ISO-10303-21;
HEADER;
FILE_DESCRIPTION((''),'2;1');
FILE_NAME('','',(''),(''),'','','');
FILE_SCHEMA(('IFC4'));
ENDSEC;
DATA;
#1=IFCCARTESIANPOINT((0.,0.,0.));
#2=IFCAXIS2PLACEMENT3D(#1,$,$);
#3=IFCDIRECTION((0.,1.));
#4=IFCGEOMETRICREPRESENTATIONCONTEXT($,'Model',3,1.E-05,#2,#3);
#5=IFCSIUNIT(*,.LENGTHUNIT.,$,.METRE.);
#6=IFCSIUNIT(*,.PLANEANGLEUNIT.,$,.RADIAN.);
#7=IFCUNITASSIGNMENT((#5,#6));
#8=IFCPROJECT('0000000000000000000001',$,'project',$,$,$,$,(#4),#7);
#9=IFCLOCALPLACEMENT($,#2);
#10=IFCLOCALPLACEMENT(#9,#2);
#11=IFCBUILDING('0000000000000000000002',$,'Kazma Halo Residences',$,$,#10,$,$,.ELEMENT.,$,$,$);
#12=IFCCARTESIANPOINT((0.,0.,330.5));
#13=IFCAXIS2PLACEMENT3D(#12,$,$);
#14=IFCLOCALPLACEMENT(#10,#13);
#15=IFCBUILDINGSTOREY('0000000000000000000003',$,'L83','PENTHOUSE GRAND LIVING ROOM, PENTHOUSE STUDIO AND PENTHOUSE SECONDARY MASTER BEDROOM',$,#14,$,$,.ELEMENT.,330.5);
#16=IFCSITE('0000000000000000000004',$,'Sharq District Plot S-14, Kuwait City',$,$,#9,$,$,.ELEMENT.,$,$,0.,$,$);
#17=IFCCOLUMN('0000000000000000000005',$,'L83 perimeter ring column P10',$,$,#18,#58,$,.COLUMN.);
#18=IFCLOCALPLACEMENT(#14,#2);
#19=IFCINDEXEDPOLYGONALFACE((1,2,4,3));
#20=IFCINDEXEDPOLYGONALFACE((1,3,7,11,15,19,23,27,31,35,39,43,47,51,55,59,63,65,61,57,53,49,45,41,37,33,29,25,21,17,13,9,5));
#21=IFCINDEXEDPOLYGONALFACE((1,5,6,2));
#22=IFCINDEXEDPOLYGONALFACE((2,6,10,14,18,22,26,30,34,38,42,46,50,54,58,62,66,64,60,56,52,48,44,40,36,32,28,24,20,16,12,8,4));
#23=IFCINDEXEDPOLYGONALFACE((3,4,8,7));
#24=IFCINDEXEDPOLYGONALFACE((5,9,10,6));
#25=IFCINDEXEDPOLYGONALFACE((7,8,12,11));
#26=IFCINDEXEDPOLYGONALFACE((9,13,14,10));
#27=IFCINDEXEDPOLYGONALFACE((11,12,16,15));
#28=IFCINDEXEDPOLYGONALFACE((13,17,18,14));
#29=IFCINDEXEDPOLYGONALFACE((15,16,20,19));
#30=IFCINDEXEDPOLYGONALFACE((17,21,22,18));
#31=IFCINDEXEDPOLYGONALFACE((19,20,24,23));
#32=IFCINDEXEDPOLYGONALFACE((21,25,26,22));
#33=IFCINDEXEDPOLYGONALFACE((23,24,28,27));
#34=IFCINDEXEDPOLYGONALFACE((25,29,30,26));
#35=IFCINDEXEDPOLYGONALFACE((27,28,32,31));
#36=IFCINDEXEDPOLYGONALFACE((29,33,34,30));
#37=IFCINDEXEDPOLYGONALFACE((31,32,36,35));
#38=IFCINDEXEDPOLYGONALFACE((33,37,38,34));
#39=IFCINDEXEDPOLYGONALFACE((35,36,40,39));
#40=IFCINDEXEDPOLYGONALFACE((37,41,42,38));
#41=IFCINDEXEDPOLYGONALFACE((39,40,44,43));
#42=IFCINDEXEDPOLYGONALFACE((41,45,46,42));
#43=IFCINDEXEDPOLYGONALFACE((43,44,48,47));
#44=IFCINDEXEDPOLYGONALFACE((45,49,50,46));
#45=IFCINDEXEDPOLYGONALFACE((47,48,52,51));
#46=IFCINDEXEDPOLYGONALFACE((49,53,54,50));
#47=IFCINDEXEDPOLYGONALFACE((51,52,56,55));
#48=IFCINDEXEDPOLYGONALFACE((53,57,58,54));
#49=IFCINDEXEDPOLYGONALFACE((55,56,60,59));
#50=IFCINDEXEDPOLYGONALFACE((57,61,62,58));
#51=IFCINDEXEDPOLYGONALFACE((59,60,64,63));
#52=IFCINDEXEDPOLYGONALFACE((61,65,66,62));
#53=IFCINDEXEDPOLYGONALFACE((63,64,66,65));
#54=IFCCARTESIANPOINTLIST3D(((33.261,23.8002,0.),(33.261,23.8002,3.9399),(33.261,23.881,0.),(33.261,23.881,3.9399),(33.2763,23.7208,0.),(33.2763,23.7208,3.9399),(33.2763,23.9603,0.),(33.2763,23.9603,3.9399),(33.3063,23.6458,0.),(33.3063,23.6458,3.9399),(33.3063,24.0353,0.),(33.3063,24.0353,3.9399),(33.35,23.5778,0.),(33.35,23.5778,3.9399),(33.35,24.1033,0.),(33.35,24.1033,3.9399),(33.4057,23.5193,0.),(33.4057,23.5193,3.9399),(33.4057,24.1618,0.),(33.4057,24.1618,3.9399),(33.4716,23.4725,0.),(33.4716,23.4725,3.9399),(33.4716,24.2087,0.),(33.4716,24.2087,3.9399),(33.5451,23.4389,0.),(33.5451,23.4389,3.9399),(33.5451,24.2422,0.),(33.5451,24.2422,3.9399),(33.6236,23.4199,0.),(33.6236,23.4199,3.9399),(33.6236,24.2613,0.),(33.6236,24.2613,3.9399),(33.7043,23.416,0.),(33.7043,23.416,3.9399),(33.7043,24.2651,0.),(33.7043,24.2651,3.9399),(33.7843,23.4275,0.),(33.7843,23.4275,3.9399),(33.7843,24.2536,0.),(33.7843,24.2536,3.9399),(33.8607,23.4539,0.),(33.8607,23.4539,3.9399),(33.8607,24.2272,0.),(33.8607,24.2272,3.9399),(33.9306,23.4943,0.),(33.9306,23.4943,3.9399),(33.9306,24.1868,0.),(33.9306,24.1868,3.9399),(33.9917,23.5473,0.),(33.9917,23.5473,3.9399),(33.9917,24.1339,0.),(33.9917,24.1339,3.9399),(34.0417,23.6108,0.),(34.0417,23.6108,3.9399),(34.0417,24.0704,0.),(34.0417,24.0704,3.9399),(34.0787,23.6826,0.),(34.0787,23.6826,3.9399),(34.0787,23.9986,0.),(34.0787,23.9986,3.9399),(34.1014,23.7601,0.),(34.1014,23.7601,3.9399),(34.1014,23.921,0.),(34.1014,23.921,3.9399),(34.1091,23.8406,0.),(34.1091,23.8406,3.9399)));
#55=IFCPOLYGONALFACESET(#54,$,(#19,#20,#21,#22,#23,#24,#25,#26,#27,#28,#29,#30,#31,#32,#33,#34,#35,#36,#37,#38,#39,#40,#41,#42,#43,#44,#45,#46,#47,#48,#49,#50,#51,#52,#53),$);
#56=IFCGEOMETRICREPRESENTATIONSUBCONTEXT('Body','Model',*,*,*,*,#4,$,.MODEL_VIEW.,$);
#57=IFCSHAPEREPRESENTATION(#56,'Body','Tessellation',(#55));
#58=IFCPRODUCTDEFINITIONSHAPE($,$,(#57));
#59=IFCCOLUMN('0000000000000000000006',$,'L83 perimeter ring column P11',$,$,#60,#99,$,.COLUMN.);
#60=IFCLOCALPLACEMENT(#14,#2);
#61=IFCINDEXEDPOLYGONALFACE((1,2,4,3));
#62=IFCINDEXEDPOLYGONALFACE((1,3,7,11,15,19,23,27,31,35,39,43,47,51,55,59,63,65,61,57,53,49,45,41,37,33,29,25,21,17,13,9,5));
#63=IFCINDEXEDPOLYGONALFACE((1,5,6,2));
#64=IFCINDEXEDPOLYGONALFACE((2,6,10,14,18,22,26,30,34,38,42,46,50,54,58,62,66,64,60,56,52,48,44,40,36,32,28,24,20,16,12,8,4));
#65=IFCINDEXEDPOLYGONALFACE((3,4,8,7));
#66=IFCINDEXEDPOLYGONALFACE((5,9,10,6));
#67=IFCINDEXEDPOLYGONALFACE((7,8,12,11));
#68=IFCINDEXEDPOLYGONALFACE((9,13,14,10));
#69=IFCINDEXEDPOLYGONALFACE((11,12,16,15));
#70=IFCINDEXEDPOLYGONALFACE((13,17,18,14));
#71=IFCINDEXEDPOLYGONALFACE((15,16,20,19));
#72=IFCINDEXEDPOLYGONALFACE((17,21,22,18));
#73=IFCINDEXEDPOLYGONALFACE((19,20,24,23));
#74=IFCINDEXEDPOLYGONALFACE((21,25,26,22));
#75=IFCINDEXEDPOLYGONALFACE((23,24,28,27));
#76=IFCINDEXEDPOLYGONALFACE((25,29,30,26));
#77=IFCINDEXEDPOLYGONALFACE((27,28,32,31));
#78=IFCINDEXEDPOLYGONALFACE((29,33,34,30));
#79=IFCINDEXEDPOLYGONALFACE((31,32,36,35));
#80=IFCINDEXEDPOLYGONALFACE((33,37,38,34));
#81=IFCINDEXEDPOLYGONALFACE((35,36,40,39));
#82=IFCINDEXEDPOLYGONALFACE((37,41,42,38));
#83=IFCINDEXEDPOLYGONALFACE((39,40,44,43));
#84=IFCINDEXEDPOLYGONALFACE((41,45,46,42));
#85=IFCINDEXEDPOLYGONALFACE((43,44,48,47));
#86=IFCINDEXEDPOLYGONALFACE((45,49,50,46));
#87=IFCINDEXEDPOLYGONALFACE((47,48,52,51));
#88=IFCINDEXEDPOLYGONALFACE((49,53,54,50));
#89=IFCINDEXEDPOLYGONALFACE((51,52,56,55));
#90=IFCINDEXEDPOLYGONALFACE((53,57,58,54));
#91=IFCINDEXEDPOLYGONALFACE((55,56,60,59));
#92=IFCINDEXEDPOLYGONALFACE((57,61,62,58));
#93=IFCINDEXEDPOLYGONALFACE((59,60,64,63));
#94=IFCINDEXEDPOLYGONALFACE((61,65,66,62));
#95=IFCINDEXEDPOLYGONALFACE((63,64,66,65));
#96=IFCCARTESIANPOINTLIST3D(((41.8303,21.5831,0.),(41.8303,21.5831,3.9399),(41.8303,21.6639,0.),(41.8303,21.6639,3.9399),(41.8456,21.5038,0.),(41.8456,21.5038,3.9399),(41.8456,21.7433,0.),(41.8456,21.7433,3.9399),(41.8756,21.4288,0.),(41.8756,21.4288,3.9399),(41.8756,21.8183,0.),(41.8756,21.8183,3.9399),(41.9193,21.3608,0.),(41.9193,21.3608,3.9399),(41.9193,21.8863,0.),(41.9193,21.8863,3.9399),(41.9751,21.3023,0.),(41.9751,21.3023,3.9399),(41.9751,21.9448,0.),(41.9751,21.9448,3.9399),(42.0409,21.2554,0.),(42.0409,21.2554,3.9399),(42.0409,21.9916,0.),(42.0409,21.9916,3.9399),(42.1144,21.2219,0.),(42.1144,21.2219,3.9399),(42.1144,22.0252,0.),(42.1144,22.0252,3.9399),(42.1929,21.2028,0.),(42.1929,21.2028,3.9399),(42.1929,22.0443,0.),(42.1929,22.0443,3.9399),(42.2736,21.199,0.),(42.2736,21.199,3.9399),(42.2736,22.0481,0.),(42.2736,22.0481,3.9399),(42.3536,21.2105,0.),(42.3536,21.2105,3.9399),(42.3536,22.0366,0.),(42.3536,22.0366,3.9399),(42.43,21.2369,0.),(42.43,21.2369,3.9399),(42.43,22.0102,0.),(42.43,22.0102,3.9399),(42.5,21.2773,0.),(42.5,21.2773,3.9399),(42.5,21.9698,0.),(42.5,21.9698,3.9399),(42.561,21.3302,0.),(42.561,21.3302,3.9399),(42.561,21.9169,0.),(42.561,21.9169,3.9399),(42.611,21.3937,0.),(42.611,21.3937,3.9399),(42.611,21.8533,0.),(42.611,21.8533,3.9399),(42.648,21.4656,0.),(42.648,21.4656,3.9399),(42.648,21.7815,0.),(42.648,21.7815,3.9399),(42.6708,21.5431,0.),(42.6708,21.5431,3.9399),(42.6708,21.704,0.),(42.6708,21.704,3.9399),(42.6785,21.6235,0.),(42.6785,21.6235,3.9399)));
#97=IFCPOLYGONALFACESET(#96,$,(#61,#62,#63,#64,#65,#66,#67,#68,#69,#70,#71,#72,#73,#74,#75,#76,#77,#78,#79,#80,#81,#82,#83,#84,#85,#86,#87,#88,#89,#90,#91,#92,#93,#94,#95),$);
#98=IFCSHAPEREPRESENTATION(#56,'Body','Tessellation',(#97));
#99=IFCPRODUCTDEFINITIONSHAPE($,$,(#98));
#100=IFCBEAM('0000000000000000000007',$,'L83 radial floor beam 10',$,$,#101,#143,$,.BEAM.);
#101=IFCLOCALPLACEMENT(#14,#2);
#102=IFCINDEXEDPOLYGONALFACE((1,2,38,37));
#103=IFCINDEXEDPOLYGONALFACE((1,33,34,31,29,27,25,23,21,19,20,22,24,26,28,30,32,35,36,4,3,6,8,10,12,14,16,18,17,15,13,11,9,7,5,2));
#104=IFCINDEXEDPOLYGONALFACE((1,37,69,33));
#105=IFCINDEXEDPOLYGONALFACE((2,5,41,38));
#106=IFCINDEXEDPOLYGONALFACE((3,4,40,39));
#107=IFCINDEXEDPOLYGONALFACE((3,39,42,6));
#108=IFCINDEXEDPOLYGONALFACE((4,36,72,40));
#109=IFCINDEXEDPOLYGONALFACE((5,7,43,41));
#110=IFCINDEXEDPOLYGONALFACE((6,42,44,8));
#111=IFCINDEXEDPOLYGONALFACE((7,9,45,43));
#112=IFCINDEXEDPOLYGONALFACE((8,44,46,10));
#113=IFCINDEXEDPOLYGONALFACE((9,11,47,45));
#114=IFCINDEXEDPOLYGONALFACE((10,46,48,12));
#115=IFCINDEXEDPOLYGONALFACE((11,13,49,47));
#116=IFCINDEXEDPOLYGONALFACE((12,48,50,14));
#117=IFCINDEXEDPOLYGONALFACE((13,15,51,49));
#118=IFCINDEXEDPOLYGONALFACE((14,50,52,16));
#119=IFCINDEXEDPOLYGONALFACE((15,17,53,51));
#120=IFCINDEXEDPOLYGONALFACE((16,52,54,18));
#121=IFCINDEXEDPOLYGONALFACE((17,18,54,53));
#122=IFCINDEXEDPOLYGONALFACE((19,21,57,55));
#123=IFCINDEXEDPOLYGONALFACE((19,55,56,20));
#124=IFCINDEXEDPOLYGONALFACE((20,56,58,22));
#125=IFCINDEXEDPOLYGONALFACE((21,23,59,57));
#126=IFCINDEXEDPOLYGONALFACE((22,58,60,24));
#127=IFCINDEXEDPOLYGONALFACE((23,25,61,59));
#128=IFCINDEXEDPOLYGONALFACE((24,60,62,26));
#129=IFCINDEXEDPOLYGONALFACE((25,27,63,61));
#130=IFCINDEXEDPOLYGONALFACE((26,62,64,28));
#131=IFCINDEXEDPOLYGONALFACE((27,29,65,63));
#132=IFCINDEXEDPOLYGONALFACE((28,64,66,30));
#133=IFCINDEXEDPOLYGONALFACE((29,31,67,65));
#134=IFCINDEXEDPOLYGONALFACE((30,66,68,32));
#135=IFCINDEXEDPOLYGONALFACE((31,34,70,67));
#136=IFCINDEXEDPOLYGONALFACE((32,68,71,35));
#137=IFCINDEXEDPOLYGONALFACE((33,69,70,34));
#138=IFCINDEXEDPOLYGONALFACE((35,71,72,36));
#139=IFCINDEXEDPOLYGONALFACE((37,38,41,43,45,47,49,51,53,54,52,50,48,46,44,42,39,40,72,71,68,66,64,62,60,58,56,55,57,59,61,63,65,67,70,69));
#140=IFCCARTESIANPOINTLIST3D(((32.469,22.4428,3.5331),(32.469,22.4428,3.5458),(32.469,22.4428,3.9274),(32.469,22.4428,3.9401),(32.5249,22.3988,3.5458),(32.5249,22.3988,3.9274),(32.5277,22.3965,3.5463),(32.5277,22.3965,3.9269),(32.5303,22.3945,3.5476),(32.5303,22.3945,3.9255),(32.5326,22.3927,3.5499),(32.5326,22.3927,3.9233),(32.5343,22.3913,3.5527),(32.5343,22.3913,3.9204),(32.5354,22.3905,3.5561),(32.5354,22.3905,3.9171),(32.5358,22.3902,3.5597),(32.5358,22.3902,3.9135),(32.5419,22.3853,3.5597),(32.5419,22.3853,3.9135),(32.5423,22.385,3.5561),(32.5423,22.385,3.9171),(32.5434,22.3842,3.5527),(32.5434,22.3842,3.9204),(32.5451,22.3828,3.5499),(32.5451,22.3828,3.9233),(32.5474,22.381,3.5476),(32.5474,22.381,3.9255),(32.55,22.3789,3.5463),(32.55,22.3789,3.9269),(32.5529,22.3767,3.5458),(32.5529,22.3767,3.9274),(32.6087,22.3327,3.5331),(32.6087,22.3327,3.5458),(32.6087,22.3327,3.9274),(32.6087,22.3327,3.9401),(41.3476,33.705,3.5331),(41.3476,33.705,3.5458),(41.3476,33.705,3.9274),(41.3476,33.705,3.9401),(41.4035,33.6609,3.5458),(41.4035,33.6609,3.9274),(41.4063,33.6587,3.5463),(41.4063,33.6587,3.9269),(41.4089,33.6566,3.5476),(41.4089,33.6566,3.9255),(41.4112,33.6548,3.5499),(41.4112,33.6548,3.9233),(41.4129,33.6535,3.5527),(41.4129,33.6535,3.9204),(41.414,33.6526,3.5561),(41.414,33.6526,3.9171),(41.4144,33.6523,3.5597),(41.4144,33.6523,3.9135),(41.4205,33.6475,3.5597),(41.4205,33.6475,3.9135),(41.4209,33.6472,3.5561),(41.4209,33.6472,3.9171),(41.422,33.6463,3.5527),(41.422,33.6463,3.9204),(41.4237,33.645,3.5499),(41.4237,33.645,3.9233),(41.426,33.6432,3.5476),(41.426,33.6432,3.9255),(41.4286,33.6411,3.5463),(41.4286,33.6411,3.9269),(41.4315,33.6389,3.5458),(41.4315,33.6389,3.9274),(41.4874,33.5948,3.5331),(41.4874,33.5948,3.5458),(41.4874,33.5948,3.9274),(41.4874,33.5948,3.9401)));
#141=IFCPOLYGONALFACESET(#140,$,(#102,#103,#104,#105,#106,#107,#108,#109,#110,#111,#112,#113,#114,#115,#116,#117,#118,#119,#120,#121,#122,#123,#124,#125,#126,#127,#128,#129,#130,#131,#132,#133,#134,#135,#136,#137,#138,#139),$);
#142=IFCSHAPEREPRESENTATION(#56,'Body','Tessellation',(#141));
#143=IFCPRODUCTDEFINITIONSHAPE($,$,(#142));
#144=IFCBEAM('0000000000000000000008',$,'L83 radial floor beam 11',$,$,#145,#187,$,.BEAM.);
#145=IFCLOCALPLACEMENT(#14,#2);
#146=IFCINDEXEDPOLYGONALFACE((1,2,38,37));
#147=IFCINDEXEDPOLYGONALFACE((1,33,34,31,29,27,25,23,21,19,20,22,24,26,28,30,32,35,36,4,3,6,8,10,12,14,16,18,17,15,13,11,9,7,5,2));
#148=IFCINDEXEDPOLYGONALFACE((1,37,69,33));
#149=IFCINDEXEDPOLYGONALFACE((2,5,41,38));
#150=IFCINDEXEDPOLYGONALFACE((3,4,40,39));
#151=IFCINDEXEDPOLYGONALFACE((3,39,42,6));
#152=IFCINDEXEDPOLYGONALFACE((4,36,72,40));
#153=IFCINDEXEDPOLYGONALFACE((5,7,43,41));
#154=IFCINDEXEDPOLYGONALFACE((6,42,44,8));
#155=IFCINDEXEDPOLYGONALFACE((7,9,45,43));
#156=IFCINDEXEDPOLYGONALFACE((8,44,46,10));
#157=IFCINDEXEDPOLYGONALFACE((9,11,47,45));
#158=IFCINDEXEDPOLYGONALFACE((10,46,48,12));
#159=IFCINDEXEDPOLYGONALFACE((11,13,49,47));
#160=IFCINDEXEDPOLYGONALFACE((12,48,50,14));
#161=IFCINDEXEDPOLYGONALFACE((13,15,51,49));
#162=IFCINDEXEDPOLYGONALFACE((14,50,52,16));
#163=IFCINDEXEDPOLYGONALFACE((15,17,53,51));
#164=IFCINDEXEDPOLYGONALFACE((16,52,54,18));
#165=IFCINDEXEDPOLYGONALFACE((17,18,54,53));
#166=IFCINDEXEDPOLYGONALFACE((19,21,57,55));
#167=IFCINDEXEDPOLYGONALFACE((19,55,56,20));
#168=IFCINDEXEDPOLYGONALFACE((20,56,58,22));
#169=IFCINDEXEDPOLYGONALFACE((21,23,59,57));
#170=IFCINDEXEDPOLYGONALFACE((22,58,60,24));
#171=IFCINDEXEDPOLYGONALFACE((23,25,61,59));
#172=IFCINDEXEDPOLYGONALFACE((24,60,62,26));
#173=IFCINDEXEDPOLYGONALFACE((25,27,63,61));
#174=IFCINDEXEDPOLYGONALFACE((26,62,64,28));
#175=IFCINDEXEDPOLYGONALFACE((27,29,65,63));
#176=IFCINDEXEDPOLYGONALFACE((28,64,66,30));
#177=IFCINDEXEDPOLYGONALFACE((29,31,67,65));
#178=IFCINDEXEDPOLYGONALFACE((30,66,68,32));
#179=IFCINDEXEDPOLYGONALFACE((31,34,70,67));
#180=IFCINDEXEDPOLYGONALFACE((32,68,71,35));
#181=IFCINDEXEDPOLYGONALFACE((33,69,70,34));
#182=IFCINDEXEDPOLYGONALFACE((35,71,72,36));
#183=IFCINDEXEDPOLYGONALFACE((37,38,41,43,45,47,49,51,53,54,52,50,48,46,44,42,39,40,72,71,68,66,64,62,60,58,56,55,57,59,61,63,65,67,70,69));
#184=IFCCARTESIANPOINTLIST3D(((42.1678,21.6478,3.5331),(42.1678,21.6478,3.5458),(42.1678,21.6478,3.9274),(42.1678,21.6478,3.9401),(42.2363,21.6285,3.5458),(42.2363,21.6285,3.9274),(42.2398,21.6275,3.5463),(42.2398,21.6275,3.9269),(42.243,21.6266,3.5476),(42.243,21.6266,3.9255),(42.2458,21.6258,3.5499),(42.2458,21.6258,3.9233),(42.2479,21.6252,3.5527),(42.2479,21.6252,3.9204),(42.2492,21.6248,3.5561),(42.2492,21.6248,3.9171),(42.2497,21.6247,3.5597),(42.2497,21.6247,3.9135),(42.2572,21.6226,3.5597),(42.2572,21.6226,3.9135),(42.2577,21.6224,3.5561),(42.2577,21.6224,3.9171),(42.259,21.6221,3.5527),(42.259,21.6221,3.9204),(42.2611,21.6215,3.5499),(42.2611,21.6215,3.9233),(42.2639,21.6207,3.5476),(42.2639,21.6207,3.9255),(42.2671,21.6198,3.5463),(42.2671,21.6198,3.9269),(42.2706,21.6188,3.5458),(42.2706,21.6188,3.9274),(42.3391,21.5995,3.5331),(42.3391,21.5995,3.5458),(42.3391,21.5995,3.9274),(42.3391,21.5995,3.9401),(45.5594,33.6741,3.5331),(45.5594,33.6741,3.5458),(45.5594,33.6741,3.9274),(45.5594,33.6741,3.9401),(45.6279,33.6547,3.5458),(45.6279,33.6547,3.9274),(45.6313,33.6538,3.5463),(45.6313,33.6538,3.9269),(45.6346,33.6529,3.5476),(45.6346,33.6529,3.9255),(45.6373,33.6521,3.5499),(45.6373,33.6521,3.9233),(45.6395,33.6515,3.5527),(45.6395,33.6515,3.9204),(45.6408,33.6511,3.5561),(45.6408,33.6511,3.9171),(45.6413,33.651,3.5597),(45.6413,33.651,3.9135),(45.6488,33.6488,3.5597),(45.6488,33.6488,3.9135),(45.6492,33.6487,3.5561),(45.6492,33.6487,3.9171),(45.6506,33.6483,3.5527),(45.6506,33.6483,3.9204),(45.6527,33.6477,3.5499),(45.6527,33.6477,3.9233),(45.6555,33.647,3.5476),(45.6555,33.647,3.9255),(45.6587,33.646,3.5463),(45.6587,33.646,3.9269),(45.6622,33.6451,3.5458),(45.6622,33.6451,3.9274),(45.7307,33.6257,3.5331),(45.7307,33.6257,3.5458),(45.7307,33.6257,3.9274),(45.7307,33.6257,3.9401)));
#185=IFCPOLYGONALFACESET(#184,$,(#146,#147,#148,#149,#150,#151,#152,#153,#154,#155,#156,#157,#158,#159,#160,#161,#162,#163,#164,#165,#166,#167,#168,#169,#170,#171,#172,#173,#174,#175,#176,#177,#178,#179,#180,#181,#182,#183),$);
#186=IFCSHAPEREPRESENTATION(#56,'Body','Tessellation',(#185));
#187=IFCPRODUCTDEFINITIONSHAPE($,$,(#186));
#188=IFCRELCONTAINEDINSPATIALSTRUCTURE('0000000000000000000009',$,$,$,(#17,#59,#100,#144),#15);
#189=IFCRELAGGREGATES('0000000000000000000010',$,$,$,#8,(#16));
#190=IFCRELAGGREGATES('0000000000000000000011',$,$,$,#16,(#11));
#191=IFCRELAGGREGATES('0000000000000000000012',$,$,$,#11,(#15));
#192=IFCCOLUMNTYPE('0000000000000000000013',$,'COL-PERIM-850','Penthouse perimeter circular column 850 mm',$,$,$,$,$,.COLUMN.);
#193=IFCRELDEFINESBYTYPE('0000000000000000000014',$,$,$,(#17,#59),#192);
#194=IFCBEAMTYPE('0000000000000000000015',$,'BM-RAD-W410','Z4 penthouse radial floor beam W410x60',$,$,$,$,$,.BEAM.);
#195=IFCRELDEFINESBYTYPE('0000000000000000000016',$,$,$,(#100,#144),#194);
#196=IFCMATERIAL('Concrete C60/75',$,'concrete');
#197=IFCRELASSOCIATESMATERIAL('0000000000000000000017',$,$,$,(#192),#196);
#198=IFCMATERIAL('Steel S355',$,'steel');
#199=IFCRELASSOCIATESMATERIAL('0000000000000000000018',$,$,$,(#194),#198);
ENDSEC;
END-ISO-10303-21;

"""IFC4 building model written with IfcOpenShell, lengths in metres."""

from ifc_helpers import new_model, si_unit, direction, frame, origin, origin_2d, place, context, subcontext, project, spatial, circle, i_section, extrude, material, material_profile, profile_set, type_object, element, save


model = new_model("IFC4")

# Units and contexts
model_context = context("Model", 3, precision=1e-05, world=origin(), true_north=direction((0.0, 1.0)))
body_context = subcontext(model_context, "Body", "Model", "MODEL_VIEW")
ifc_project = project(units=[si_unit("LENGTHUNIT", "METRE"), si_unit("PLANEANGLEUNIT", "RADIAN")], contexts=[model_context])

# Site, building, storey
site_placement = place(None, origin())
site = spatial("IfcSite", under=ifc_project, at=site_placement, Name="Sharq District Plot S-14, Kuwait City", CompositionType="ELEMENT", RefElevation=0.0)
building_placement = place(site_placement, origin())
building = spatial("IfcBuilding", under=site, at=building_placement, Name="Kazma Halo Residences", CompositionType="ELEMENT")
storey_placement = place(building_placement, frame((0.0, 0.0, 330.5)))
storey = spatial("IfcBuildingStorey", under=building, at=storey_placement, Name="L83", Description="PENTHOUSE GRAND LIVING ROOM, PENTHOUSE STUDIO AND PENTHOUSE SECONDARY MASTER BEDROOM", CompositionType="ELEMENT", Elevation=330.5)

# Columns
ifc_material_1 = material(Name="Concrete C60/75", Category="concrete")
ifc_material_profile_1 = material_profile(ifc_material_1, circle(Radius=0.425, at=origin_2d()), Name="CIRC850")
ifc_profile_set_1 = profile_set([ifc_material_profile_1], Name="Concrete C60/75")
column_type = type_object("IfcColumnType", Name="COL-PERIM-850", Description="Penthouse perimeter circular column 850 mm", PredefinedType="COLUMN", material=ifc_profile_set_1)
for number, where, z_axis, x_axis, name in (
    (1, (33.6841, 23.8406, 0.0), (0.0, 0.0, 1.0), (1.0, 0.0, 0.0), "L83 perimeter ring column P10"),
    (2, (42.2534, 21.6235, 0.0), (0.0, 0.0, 1.0), (1.0, 0.0, 0.0), "L83 perimeter ring column P11"),
):
    element("IfcColumn", number, at=place(storey_placement, frame(where, z_axis=z_axis, x_axis=x_axis)), inside=storey, type_object=column_type, Name=name, PredefinedType="COLUMN", context=body_context, shape_type="SweptSolid", body=[
        extrude(circle(Radius=0.425, at=origin_2d()), origin(), (0.0, 0.0, 1.0), 3.9399),
    ])

# Beams
ifc_material_2 = material(Name="Steel S355", Category="steel")
ifc_material_profile_2 = material_profile(ifc_material_2, i_section(OverallWidth=0.178, OverallDepth=0.407, WebThickness=0.0078, FlangeThickness=0.0127, FilletRadius=0.0139, at=origin_2d()), Name="W410x60")
ifc_profile_set_2 = profile_set([ifc_material_profile_2], Name="Steel S355")
beam_type_1 = type_object("IfcBeamType", Name="BM-RAD-W410", Description="Z4 penthouse radial floor beam W410x60", PredefinedType="BEAM", material=ifc_profile_set_2)
beam_1_placement = place(storey_placement, frame((41.4175, 33.6499, 3.7366), z_axis=(-0.619105, -0.785308, 0.0), x_axis=(0.785308, -0.619105, 0.0)))
element("IfcBeam", 3, at=beam_1_placement, inside=storey, type_object=beam_type_1, Name="L83 radial floor beam 10", PredefinedType="BEAM", context=body_context, shape_type="SweptSolid", body=[
    extrude(i_section(OverallWidth=0.178, OverallDepth=0.407, WebThickness=0.0078, FlangeThickness=0.0127, FilletRadius=0.0139, at=origin_2d()), origin(), (0.0, 0.0, 1.0), 14.3411),
])
beam_2_placement = place(storey_placement, frame((45.645, 33.6499, 3.7366), z_axis=(-0.271427, -0.962459, 0.0), x_axis=(0.962459, -0.271427, 0.0)))
element("IfcBeam", 4, at=beam_2_placement, inside=storey, type_object=beam_type_1, Name="L83 radial floor beam 11", PredefinedType="BEAM", context=body_context, shape_type="SweptSolid", body=[
    extrude(i_section(OverallWidth=0.178, OverallDepth=0.407, WebThickness=0.0078, FlangeThickness=0.0127, FilletRadius=0.0139, at=origin_2d()), origin(), (0.0, 0.0, 1.0), 12.4954),
])

save(model, "model.ifc")
